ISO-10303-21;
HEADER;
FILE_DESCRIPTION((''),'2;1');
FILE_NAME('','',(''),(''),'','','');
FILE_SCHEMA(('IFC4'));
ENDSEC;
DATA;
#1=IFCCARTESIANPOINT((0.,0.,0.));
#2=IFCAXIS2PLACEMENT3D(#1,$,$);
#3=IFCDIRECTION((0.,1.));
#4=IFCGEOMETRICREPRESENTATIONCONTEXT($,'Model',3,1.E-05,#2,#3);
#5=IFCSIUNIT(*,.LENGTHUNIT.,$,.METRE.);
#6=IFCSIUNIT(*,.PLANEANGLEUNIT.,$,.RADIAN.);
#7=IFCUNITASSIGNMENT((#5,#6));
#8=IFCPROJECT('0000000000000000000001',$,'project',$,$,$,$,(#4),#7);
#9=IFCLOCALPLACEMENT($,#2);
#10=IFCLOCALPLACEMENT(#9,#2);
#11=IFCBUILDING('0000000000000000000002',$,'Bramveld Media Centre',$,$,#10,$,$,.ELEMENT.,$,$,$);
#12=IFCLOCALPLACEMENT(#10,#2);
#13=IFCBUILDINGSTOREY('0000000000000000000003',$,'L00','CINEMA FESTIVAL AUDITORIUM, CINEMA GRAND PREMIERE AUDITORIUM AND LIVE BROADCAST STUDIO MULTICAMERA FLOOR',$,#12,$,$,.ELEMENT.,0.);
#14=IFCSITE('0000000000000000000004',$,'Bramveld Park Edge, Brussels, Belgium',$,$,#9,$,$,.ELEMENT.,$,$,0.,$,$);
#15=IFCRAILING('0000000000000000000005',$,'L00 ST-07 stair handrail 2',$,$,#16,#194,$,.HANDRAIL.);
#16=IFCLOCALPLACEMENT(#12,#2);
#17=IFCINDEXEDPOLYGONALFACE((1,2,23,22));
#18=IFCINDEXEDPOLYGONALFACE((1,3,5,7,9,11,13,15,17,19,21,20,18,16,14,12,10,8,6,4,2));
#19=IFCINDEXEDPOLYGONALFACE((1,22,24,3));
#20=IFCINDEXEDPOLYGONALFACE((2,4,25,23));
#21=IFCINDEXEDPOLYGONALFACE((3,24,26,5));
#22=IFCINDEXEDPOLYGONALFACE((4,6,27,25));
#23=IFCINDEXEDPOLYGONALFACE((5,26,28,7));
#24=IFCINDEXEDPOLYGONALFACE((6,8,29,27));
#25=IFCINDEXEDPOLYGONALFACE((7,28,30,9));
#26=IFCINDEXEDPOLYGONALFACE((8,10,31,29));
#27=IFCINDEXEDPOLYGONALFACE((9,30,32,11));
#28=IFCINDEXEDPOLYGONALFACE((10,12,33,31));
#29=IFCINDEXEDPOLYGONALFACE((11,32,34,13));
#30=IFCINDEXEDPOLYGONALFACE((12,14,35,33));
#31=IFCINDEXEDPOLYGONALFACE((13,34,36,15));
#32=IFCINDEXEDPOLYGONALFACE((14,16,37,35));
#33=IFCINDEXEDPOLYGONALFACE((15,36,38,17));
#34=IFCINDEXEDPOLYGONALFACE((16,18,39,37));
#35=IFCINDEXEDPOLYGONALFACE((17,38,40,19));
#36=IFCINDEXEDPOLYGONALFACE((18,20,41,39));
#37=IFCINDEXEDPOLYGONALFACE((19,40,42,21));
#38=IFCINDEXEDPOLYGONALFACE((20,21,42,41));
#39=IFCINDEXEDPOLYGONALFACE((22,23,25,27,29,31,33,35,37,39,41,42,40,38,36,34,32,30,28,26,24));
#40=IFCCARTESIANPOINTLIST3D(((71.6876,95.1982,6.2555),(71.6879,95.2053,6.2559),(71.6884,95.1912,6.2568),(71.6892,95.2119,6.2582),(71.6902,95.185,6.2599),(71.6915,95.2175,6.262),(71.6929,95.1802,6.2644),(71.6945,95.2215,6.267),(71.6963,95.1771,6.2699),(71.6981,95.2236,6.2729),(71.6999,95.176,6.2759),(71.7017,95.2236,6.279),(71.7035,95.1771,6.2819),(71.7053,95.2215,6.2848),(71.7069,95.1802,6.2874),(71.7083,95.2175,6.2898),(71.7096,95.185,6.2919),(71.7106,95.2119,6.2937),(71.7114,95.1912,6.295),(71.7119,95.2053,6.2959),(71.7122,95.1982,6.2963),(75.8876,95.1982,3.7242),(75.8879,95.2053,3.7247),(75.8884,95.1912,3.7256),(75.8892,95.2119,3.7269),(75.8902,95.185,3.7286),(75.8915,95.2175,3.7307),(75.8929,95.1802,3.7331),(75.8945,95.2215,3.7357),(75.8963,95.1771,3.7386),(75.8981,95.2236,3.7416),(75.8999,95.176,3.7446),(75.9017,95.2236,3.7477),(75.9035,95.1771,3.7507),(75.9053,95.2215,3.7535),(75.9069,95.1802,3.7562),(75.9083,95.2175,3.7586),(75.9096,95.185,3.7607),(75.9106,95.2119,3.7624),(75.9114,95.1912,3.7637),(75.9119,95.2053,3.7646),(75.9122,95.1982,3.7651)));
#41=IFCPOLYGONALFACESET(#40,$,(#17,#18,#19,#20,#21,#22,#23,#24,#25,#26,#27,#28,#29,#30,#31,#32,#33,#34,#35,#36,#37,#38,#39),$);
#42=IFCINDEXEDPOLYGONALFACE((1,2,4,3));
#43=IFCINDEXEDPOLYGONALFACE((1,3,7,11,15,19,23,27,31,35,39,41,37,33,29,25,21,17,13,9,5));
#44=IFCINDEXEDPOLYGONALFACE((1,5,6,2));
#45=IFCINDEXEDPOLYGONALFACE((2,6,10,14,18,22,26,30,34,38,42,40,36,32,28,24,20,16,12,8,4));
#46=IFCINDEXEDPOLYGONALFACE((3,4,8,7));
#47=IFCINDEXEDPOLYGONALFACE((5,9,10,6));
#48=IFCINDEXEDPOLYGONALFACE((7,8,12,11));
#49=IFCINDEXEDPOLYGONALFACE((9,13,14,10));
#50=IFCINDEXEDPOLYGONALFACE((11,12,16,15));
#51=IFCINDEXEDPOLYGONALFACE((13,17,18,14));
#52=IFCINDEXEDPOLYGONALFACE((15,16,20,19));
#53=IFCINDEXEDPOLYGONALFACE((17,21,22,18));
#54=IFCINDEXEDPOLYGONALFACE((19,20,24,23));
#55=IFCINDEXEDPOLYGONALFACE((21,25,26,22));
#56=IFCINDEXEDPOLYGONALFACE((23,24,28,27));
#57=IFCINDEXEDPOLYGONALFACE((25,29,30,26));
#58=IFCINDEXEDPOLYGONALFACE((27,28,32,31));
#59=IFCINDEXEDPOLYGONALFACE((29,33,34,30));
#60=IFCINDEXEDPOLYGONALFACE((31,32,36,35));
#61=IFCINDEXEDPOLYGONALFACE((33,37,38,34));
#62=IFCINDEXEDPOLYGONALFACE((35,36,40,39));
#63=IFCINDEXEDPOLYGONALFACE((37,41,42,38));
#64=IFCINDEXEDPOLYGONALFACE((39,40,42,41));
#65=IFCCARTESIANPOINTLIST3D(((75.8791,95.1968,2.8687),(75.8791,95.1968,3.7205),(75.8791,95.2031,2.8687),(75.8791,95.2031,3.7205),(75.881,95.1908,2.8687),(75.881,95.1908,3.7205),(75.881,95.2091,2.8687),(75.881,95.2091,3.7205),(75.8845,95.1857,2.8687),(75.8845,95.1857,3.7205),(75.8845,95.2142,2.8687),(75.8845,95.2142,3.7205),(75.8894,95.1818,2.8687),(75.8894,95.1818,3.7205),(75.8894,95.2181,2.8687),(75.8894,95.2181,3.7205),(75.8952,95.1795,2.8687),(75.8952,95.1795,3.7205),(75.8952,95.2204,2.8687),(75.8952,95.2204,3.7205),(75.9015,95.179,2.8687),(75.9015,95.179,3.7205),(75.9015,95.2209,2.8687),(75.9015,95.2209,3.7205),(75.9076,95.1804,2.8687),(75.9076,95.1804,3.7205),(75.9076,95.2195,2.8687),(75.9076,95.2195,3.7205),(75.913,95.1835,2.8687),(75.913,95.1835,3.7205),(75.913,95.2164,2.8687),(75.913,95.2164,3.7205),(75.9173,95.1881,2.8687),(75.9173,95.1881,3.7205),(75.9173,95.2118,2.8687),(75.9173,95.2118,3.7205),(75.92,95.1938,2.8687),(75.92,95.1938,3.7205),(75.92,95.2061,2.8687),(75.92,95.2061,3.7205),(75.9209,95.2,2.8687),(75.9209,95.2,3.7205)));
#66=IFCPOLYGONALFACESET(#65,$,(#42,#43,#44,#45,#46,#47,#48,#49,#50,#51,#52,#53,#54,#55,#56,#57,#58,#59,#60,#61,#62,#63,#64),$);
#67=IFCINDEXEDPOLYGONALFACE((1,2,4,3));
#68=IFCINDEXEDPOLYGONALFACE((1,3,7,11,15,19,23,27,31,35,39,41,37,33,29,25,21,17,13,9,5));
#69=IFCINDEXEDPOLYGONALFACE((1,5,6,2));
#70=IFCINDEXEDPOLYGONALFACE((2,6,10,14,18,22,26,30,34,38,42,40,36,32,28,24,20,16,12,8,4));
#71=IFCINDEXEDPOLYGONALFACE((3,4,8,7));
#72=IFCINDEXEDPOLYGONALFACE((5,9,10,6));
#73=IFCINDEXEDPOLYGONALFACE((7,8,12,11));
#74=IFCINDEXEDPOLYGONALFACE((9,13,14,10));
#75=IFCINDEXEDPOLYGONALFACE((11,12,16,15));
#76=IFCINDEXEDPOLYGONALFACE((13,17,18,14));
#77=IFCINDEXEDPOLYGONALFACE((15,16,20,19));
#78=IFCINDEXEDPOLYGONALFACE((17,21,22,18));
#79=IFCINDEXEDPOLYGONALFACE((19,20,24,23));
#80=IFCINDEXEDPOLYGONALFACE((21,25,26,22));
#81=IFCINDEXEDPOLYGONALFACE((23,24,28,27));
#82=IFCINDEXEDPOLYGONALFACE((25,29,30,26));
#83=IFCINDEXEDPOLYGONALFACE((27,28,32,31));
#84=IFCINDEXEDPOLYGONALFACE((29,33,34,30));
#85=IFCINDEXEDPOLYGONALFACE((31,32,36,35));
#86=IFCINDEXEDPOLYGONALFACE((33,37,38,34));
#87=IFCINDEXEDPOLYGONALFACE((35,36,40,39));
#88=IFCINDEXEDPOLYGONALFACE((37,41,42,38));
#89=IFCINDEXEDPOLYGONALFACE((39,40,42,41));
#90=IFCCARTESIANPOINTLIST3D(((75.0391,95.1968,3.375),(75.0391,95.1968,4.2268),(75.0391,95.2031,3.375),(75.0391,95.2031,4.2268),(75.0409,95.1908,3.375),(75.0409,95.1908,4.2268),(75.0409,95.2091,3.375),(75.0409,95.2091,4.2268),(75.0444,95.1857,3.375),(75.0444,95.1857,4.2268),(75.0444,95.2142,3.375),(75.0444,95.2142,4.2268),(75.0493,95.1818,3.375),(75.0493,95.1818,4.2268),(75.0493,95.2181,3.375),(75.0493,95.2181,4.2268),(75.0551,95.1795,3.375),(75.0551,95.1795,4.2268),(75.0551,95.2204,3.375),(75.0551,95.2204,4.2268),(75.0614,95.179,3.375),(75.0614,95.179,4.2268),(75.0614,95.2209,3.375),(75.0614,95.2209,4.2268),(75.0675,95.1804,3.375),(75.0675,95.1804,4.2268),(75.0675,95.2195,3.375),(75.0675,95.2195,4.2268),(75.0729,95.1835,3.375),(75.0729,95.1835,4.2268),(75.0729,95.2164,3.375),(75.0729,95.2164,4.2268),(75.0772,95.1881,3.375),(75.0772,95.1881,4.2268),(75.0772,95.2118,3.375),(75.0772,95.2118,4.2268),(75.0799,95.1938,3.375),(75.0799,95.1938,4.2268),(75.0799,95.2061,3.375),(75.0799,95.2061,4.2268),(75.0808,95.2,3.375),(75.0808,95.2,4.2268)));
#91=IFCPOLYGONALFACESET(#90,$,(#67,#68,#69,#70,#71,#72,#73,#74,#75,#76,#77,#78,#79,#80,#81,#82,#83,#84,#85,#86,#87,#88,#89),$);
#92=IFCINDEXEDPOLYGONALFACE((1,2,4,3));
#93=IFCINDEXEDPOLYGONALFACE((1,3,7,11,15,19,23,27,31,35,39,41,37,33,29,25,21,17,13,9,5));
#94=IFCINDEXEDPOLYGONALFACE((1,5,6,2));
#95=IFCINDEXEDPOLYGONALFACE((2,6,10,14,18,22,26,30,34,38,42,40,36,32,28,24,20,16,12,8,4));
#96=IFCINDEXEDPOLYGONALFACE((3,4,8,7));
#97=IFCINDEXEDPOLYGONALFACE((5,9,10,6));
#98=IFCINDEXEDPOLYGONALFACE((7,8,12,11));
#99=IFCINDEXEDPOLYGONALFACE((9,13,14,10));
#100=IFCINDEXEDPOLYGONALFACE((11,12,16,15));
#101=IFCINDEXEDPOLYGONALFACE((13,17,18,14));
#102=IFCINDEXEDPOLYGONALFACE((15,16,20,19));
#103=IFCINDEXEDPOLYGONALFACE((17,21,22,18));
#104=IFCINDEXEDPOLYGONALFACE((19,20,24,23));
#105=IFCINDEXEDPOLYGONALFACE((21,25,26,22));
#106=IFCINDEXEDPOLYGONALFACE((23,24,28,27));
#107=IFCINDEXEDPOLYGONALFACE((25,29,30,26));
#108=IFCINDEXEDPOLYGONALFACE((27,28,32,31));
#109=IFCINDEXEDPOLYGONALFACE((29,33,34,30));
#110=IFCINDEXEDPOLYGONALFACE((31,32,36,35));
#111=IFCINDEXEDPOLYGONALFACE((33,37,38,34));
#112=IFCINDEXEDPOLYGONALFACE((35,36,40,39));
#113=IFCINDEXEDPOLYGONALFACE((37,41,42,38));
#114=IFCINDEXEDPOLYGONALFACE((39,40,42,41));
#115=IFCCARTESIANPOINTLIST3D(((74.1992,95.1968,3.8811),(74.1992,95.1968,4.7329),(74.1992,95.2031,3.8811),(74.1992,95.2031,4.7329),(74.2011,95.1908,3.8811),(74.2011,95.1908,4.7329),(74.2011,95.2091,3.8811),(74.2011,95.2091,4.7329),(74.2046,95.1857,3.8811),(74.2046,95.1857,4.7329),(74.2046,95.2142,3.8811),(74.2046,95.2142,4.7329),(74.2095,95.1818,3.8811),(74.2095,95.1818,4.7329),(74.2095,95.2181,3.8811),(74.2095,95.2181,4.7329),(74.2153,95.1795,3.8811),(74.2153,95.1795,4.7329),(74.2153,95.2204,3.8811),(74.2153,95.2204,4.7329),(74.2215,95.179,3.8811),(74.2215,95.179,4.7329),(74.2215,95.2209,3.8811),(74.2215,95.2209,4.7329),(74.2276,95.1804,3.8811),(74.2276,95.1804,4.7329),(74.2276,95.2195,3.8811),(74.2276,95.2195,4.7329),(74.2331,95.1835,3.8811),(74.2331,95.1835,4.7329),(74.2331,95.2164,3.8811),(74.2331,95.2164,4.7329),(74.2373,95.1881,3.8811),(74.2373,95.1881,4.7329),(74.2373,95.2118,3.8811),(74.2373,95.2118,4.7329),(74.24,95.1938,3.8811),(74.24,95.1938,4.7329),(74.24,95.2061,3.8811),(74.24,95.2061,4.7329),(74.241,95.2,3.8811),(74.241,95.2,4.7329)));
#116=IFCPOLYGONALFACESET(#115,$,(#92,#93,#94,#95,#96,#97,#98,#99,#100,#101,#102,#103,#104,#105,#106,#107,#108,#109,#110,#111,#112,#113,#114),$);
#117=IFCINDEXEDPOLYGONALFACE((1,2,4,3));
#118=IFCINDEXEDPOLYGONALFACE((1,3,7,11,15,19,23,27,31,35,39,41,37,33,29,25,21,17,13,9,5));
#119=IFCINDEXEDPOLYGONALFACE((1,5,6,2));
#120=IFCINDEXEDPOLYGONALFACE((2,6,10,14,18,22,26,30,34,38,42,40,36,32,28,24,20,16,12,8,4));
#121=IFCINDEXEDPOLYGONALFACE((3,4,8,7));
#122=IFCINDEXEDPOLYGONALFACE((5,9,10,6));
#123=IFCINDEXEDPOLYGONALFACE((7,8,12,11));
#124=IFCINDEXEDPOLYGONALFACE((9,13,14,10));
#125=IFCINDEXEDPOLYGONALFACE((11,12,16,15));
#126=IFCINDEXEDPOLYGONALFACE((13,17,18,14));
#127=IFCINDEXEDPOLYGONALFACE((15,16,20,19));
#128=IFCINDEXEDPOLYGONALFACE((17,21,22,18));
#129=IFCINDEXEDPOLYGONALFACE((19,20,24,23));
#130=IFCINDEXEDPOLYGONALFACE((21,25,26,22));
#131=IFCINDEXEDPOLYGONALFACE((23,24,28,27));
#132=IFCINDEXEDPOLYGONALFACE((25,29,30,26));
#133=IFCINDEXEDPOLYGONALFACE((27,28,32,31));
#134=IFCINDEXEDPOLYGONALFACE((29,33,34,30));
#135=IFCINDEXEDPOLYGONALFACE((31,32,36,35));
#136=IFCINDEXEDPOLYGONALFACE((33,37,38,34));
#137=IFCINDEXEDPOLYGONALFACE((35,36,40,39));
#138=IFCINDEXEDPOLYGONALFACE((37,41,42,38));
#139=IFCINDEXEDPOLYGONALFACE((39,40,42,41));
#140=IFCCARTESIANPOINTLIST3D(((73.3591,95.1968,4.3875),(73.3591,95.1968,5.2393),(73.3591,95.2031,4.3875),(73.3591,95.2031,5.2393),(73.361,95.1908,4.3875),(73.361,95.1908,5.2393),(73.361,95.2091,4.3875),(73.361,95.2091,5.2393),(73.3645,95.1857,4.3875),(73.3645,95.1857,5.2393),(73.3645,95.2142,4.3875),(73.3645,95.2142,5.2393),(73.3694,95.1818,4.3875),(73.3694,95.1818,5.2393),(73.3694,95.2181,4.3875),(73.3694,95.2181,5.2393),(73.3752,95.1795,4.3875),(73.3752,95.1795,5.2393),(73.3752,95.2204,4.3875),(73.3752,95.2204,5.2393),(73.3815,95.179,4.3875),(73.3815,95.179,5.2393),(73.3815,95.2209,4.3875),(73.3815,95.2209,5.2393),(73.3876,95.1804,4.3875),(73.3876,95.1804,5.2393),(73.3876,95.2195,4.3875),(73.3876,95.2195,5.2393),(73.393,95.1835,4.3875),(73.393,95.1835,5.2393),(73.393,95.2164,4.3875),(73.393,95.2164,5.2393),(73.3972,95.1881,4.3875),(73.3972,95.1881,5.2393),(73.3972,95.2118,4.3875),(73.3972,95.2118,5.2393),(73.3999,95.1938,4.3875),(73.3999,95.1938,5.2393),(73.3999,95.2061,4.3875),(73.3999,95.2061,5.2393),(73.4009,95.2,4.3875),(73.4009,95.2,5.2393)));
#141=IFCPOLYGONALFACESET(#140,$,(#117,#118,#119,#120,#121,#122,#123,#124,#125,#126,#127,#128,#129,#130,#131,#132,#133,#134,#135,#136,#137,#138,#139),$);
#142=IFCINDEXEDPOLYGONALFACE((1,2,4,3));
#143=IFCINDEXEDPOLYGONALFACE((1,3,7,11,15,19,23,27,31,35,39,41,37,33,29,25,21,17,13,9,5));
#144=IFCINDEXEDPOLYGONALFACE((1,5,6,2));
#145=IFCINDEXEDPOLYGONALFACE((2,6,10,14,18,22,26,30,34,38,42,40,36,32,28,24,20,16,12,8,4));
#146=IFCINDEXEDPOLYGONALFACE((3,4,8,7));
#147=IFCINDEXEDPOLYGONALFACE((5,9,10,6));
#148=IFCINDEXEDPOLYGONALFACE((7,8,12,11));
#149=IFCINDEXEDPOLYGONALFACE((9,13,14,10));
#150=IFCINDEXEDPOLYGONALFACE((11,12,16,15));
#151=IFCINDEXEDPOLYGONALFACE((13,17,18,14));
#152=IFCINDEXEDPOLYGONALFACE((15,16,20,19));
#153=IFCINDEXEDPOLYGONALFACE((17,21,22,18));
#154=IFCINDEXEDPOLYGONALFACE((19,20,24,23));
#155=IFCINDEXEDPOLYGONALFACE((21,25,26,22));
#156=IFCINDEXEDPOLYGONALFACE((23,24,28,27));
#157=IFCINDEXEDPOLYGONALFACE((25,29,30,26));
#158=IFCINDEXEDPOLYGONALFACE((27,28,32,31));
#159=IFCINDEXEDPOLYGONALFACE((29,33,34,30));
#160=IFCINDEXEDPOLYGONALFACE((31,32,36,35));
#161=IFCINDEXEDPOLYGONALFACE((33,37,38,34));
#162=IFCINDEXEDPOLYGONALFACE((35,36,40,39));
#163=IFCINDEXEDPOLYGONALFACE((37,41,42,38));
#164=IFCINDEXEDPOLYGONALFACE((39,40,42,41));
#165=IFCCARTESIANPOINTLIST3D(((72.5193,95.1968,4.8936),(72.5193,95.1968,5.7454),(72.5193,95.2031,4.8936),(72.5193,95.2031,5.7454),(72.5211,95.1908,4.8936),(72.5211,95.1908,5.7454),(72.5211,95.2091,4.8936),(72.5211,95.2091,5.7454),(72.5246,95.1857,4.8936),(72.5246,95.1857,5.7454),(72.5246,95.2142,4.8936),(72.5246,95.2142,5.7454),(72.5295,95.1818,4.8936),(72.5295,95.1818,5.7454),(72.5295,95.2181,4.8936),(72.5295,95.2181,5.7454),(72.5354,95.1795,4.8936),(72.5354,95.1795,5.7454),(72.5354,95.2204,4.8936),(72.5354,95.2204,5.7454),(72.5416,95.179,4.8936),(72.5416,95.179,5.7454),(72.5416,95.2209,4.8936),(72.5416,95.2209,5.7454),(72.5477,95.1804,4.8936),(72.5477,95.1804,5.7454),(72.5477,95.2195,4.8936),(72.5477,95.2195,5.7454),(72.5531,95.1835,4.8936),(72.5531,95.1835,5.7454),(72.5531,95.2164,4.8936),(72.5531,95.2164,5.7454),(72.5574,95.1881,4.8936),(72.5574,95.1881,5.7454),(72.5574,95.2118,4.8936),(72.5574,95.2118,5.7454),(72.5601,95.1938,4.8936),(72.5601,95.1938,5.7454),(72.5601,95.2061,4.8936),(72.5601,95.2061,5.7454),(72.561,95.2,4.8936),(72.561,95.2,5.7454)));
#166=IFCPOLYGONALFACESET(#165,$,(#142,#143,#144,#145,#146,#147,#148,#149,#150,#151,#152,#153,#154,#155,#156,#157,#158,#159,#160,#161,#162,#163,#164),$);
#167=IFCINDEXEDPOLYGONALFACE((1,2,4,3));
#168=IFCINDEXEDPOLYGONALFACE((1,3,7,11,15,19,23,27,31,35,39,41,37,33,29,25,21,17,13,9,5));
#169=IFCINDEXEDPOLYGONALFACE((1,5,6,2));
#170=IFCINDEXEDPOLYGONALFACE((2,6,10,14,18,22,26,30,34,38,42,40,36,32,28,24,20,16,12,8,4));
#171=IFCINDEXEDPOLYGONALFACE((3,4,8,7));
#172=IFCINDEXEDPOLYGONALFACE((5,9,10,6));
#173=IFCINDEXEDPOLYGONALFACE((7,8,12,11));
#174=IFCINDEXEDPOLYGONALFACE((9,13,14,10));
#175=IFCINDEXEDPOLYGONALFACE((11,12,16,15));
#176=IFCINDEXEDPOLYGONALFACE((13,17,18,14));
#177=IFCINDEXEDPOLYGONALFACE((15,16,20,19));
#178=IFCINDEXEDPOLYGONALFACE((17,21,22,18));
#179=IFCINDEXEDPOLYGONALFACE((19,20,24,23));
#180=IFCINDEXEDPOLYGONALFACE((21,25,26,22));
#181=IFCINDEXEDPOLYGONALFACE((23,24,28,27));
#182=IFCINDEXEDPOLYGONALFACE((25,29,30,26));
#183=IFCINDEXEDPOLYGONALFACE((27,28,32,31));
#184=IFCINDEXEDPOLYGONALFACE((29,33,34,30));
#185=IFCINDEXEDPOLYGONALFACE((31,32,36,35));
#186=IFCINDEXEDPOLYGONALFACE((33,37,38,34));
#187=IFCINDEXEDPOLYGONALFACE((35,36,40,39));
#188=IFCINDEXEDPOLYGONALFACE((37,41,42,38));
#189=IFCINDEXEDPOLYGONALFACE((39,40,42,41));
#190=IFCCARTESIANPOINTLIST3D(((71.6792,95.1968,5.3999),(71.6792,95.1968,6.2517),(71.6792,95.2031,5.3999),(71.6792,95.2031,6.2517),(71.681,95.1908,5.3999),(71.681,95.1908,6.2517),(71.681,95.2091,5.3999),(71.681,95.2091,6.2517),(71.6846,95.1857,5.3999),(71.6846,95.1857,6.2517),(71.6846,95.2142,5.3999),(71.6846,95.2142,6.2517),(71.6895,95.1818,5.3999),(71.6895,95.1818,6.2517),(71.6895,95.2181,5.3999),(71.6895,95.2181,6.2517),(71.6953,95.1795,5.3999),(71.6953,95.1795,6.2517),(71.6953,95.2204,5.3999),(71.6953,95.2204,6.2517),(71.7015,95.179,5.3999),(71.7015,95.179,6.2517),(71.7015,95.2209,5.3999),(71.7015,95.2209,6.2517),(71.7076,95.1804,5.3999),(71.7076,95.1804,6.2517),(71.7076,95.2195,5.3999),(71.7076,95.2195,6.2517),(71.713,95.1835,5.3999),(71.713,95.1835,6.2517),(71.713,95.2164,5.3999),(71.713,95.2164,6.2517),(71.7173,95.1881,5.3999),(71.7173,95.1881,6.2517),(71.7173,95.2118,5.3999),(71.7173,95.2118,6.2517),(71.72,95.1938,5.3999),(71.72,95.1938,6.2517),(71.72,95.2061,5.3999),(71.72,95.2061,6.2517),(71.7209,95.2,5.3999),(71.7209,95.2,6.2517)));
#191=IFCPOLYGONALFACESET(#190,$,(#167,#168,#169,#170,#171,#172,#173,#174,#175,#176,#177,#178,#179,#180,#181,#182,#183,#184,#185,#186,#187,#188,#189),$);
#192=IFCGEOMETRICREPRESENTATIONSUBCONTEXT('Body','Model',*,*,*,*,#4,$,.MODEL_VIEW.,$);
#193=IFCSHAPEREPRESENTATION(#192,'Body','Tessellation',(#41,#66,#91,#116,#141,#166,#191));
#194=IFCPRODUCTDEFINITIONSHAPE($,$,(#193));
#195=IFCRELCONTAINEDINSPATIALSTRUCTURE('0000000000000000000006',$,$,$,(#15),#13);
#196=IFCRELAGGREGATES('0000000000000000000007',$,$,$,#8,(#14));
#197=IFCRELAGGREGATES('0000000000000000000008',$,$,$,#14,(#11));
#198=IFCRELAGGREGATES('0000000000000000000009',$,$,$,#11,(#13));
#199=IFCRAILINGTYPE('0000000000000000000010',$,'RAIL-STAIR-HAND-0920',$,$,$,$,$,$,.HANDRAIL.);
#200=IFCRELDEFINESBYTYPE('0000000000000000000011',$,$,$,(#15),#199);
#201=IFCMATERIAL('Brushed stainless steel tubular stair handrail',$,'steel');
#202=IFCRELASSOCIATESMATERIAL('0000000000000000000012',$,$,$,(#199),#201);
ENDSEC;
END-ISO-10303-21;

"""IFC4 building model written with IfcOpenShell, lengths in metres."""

from ifc_helpers import new_model, si_unit, direction, frame, origin, origin_2d, place, context, subcontext, project, spatial, circle, extrude, material, type_object, element, save


model = new_model("IFC4")

# Units and contexts
model_context = context("Model", 3, precision=1e-05, world=origin(), true_north=direction((0.0, 1.0)))
body_context = subcontext(model_context, "Body", "Model", "MODEL_VIEW")
ifc_project = project(units=[si_unit("LENGTHUNIT", "METRE"), si_unit("PLANEANGLEUNIT", "RADIAN")], contexts=[model_context])

# Site, building, storey
site_placement = place(None, origin())
site = spatial("IfcSite", under=ifc_project, at=site_placement, Name="Bramveld Park Edge, Brussels, Belgium", CompositionType="ELEMENT", RefElevation=0.0)
building_placement = place(site_placement, origin())
building = spatial("IfcBuilding", under=site, at=building_placement, Name="Bramveld Media Centre", CompositionType="ELEMENT")
storey_placement = place(building_placement, origin())
storey = spatial("IfcBuildingStorey", under=building, at=storey_placement, Name="L00", Description="CINEMA FESTIVAL AUDITORIUM, CINEMA GRAND PREMIERE AUDITORIUM AND LIVE BROADCAST STUDIO MULTICAMERA FLOOR", CompositionType="ELEMENT", Elevation=0.0)

# Railing
ifc_material_1 = material(Name="Brushed stainless steel tubular stair handrail", Category="steel")
railing_type_1 = type_object("IfcRailingType", Name="RAIL-STAIR-HAND-0920", PredefinedType="HANDRAIL", material=ifc_material_1)
railing_1_placement = place(storey_placement, frame((75.8999, 95.2, 2.8687)))
element("IfcRailing", 1, at=railing_1_placement, inside=storey, type_object=railing_type_1, Name="L00 ST-07 stair handrail 2", PredefinedType="HANDRAIL", context=body_context, shape_type="SweptSolid", body=[
    extrude(circle(Radius=0.0239, at=origin_2d()), frame((0.0, 0.0, 0.876), z_axis=(-0.856476, 0.0, 0.516186), x_axis=(0.0, -1.0, 0.0)), (0.0, 0.0, 1.0), 4.9038),
    extrude(circle(Radius=0.021, at=origin_2d()), origin(), (0.0, 0.0, 1.0), 0.8518),
    extrude(circle(Radius=0.021, at=origin_2d()), frame((-0.8401, 0.0, 0.5063)), (0.0, 0.0, 1.0), 0.8518),
    extrude(circle(Radius=0.021, at=origin_2d()), frame((-1.6799, 0.0, 1.0125)), (0.0, 0.0, 1.0), 0.8518),
    extrude(circle(Radius=0.021, at=origin_2d()), frame((-2.52, 0.0, 1.5188)), (0.0, 0.0, 1.0), 0.8518),
    extrude(circle(Radius=0.021, at=origin_2d()), frame((-3.3599, 0.0, 2.0249)), (0.0, 0.0, 1.0), 0.8518),
    extrude(circle(Radius=0.021, at=origin_2d()), frame((-4.2, 0.0, 2.5312)), (0.0, 0.0, 1.0), 0.8518),
])

save(model, "model.ifc")
